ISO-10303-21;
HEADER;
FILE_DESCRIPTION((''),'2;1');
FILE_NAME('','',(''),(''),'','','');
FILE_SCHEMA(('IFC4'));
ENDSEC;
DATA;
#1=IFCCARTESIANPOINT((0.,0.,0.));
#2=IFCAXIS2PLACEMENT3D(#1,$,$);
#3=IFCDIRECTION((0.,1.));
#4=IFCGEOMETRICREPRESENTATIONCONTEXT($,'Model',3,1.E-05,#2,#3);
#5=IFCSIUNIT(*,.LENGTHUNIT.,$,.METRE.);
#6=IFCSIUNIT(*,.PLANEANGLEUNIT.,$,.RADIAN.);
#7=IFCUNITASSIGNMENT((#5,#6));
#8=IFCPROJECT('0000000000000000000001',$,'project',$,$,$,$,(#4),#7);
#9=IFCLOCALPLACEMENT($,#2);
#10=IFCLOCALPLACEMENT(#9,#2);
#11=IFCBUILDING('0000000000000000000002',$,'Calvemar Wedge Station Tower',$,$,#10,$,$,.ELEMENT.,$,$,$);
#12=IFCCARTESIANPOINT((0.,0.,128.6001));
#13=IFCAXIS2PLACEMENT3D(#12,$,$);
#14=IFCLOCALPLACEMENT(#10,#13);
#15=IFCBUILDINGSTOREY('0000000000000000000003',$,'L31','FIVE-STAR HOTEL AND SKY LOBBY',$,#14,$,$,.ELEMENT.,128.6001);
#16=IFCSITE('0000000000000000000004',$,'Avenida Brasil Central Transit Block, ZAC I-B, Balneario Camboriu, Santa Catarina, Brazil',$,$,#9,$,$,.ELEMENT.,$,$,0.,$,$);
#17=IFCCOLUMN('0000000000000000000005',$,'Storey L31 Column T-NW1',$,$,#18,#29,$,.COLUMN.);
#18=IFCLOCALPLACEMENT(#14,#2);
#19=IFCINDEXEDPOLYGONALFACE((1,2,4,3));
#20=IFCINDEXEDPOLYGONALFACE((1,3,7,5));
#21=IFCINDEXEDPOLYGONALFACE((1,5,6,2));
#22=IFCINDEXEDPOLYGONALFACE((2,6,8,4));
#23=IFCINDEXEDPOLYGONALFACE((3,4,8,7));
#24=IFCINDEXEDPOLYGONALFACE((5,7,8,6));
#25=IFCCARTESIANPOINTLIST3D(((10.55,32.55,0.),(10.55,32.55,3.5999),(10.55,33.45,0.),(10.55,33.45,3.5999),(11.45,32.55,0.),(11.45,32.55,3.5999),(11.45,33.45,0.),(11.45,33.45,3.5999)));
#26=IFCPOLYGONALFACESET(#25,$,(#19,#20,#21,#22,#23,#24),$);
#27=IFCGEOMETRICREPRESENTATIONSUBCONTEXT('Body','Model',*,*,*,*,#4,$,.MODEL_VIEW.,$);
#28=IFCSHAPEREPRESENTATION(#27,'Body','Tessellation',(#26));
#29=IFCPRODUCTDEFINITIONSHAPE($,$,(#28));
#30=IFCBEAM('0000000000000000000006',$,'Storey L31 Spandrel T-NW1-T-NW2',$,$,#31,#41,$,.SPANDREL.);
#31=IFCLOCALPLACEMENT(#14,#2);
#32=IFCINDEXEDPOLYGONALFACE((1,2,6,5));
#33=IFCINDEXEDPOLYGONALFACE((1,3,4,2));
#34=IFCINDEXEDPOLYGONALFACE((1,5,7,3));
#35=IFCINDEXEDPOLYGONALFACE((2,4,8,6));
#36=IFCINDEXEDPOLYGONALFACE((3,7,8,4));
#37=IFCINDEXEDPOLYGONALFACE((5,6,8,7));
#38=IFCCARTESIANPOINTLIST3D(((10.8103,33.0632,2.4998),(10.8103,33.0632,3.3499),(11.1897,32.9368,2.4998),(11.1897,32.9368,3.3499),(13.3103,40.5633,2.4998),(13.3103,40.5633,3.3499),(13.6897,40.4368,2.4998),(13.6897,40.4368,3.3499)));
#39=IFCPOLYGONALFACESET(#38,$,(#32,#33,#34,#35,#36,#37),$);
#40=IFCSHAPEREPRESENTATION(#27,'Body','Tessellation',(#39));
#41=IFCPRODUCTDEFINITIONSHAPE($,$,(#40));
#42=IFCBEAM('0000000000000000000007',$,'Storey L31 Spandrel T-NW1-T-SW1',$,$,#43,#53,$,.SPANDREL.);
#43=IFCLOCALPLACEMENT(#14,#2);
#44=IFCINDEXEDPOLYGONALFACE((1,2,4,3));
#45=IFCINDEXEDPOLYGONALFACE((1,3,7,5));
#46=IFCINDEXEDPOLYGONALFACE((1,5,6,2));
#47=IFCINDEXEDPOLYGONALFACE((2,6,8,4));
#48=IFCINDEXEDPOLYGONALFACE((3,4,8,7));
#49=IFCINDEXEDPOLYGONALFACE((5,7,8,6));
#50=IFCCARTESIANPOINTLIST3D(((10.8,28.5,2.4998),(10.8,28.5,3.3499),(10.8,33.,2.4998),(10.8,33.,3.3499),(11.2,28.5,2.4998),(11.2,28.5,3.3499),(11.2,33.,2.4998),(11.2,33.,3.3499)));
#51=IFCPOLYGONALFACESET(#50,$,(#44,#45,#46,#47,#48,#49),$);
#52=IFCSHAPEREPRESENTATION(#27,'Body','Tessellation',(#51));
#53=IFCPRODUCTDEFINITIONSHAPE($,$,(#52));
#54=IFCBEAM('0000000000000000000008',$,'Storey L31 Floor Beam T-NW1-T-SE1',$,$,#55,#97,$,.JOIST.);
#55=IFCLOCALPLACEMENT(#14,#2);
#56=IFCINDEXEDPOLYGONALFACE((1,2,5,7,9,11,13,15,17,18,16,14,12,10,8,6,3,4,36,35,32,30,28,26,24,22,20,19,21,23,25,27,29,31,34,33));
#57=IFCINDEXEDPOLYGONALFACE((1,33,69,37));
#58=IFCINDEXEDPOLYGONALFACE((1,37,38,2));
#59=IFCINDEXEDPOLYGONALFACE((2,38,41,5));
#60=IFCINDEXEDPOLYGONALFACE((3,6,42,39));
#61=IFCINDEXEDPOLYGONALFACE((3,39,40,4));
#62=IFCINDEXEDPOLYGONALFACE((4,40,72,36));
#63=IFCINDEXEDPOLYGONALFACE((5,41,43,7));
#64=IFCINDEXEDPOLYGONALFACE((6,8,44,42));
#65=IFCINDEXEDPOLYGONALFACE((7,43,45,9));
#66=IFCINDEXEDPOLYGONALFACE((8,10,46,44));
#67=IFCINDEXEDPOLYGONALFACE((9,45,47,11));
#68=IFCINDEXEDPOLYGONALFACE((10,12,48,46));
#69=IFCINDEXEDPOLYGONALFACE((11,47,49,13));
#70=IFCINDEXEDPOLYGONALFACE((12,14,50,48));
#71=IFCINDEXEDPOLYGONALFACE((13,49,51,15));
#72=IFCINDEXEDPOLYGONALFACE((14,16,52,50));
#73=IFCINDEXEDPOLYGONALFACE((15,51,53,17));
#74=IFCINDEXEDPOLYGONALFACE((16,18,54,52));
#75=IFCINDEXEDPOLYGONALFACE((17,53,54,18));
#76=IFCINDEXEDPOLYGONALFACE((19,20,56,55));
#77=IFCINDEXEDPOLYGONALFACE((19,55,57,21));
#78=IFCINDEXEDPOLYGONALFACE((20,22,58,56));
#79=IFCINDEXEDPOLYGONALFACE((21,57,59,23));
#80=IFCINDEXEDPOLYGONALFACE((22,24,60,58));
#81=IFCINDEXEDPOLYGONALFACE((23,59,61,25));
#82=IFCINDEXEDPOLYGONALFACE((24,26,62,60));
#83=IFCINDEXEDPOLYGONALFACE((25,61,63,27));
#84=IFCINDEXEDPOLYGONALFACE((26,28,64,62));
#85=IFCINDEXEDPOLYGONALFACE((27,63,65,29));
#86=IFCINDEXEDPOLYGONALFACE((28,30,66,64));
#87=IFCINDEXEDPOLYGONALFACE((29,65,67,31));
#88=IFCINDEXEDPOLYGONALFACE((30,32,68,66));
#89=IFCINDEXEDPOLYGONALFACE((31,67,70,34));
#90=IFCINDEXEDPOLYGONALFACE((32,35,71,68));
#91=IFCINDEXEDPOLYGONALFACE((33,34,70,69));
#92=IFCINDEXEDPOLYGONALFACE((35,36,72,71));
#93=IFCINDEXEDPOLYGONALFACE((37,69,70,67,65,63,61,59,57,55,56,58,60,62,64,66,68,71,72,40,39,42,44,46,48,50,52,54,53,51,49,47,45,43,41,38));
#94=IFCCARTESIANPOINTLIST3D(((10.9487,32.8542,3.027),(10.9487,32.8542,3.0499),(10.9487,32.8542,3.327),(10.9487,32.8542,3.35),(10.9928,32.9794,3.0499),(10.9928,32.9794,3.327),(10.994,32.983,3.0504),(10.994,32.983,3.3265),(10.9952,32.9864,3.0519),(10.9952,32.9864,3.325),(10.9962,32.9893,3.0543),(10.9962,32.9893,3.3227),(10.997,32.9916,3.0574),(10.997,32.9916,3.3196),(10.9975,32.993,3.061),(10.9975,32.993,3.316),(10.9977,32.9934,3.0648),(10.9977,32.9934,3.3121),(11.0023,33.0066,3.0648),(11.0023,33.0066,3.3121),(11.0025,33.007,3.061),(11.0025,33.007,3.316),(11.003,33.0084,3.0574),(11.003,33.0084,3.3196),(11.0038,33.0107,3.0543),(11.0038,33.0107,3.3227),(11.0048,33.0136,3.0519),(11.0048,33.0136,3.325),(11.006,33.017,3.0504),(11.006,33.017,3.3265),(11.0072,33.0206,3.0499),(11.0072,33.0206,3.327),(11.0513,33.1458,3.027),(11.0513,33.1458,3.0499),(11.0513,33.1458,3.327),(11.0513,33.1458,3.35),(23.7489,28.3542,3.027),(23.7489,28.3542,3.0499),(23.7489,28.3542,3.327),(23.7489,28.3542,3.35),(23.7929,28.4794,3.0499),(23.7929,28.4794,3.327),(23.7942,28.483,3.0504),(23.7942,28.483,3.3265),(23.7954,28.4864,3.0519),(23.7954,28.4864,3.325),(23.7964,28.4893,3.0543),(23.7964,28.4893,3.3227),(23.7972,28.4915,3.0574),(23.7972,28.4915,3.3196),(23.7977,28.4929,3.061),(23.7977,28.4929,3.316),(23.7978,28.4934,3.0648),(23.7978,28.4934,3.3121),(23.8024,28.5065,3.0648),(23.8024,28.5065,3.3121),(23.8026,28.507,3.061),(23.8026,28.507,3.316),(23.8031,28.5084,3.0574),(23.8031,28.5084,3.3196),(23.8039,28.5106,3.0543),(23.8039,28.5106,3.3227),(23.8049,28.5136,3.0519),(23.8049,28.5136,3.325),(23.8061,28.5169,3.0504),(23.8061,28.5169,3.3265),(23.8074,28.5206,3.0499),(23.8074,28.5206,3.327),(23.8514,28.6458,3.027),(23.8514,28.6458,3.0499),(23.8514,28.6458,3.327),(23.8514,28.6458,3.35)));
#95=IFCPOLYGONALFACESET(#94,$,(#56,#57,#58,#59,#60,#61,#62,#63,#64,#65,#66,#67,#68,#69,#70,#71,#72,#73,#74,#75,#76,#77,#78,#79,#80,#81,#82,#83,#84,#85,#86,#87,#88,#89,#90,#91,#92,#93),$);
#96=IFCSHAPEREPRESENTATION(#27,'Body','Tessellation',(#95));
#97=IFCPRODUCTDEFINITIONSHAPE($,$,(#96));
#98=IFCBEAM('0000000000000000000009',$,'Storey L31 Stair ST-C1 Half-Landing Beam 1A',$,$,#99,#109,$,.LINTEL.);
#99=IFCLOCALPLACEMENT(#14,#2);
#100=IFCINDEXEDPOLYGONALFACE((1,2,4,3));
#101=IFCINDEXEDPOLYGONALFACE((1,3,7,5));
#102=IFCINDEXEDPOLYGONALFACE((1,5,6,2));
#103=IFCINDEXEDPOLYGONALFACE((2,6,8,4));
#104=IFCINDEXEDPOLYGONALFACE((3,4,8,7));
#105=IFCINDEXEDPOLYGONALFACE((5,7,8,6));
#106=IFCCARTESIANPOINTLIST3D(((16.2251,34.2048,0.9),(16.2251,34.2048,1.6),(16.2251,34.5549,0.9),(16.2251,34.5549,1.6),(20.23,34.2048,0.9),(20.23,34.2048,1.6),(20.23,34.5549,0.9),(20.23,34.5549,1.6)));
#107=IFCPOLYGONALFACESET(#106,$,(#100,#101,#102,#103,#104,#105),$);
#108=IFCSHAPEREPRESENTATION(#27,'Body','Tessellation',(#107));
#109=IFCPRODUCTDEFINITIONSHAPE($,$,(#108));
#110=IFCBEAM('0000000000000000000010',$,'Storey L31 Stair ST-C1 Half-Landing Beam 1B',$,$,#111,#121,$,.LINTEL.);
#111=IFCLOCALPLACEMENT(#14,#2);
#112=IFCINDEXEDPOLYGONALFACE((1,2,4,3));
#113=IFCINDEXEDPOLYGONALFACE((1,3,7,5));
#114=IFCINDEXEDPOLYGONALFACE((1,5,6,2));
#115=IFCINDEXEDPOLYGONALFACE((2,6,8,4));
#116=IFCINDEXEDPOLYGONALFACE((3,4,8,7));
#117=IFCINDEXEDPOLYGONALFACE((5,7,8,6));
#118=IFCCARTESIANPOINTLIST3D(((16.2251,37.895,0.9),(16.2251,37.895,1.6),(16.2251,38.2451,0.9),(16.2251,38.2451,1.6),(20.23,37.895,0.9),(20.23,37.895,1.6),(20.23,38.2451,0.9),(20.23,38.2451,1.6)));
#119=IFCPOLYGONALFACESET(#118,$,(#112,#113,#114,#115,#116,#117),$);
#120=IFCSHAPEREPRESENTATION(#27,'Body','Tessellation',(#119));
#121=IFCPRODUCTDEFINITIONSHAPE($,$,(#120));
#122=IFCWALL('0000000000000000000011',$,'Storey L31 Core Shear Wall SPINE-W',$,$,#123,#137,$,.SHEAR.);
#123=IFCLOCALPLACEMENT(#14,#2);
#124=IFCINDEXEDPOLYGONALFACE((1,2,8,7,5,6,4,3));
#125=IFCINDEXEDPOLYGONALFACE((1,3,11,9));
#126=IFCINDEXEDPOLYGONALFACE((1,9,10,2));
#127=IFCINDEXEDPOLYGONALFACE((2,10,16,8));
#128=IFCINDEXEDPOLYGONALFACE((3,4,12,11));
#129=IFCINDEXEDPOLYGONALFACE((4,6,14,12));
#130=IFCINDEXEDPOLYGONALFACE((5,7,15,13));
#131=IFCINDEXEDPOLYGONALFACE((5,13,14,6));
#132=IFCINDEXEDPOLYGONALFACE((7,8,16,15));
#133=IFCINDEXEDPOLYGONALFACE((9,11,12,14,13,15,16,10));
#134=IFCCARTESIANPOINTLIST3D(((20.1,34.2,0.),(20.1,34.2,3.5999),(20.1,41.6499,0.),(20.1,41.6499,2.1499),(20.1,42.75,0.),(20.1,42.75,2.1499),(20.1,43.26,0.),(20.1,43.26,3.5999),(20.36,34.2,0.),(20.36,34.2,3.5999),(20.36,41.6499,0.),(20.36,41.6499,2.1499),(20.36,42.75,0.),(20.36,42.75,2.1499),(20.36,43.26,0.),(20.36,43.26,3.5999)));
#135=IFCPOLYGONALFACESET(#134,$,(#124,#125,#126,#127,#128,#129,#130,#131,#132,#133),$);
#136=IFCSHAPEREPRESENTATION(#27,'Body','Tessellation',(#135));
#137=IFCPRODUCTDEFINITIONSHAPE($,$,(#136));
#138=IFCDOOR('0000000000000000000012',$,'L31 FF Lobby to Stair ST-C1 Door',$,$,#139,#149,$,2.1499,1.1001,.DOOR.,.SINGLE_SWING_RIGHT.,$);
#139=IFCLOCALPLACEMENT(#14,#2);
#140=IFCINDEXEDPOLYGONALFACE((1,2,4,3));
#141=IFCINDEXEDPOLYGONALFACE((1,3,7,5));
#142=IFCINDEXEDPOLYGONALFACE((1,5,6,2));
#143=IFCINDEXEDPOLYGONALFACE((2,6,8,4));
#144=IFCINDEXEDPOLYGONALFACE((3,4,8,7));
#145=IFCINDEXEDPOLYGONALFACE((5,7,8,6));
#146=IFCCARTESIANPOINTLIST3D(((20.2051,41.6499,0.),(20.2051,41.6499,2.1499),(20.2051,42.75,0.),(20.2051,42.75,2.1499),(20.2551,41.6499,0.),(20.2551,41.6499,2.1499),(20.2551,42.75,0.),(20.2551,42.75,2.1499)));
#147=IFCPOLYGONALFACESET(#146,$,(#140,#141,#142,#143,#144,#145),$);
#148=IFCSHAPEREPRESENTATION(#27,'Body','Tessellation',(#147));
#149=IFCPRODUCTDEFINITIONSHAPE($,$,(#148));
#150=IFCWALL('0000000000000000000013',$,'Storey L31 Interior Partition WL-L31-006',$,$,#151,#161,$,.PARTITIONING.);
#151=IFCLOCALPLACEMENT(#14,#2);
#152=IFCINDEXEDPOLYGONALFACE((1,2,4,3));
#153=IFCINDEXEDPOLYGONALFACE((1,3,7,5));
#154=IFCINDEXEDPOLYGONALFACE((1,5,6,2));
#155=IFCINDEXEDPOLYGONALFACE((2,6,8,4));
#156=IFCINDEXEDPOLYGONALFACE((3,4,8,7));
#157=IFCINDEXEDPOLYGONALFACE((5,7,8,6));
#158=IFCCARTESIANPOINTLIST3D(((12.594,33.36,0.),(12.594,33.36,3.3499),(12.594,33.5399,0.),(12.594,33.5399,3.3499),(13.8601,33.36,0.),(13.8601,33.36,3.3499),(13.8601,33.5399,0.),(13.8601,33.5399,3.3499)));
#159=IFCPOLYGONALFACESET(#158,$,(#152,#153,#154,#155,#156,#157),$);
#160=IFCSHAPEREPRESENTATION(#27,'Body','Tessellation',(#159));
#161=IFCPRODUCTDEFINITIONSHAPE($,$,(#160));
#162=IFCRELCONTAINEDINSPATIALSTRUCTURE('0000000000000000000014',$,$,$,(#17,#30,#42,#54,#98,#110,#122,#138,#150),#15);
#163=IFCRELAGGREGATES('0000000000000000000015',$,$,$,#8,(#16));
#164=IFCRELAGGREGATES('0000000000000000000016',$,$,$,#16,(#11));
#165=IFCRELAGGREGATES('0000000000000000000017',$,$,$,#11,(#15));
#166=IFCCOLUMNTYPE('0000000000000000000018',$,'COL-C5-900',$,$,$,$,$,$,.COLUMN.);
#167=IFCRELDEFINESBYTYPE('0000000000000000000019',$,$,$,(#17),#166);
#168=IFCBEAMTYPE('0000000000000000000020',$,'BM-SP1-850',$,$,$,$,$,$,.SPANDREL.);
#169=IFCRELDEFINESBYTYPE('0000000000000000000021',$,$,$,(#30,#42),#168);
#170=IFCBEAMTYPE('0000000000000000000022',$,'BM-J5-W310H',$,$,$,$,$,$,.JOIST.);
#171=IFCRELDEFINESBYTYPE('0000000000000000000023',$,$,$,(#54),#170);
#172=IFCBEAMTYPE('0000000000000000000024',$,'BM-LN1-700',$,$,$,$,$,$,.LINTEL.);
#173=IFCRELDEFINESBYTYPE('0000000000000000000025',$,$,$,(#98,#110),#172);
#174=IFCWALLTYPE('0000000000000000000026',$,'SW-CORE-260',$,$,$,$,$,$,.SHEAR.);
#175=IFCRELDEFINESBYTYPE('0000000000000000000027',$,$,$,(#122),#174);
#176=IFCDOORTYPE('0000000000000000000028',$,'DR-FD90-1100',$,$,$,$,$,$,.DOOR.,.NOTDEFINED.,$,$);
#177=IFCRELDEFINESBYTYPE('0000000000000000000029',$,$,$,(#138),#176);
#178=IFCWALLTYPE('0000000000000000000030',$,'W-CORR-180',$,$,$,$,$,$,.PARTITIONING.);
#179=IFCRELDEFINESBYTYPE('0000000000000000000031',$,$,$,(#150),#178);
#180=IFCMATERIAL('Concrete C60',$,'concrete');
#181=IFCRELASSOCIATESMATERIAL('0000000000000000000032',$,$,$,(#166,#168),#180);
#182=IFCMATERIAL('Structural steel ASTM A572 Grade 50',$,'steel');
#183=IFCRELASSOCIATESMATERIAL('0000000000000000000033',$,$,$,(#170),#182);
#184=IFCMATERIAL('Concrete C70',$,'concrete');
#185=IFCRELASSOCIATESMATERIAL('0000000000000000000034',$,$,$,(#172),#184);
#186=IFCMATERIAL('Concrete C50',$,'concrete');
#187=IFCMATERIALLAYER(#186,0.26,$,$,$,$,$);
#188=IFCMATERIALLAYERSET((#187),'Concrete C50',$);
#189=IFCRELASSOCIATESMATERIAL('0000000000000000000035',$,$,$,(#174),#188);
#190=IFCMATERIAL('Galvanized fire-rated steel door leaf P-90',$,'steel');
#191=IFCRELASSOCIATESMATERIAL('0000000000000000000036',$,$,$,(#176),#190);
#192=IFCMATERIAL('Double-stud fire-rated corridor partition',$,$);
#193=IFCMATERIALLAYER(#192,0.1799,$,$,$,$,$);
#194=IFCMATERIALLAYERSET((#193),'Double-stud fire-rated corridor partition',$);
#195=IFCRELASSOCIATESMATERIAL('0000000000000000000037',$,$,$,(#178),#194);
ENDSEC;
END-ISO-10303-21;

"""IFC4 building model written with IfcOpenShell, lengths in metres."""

from ifc_helpers import new_model, si_unit, direction, frame, frame_2d, origin, origin_2d, place, context, subcontext, project, spatial, rectangle, i_section, extrude, source, transform, mapped, material, layer, layer_set, material_profile, profile_set, type_object, element, fill, save


model = new_model("IFC4")

# Units and contexts
model_context = context("Model", 3, precision=1e-05, world=origin(), true_north=direction((0.0, 1.0)))
body_context = subcontext(model_context, "Body", "Model", "MODEL_VIEW")
ifc_project = project(units=[si_unit("LENGTHUNIT", "METRE"), si_unit("PLANEANGLEUNIT", "RADIAN")], contexts=[model_context])

# Site, building, storey
site_placement = place(None, origin())
site = spatial("IfcSite", under=ifc_project, at=site_placement, Name="Avenida Brasil Central Transit Block, ZAC I-B, Balneario Camboriu, Santa Catarina, Brazil", CompositionType="ELEMENT", RefElevation=0.0)
building_placement = place(site_placement, origin())
building = spatial("IfcBuilding", under=site, at=building_placement, Name="Calvemar Wedge Station Tower", CompositionType="ELEMENT")
storey_placement = place(building_placement, frame((0.0, 0.0, 128.6001)))
storey = spatial("IfcBuildingStorey", under=building, at=storey_placement, Name="L31", Description="FIVE-STAR HOTEL AND SKY LOBBY", CompositionType="ELEMENT", Elevation=128.6001)

# Column
ifc_material_1 = material(Name="Concrete C60", Category="concrete")
ifc_material_profile_1 = material_profile(ifc_material_1, rectangle(XDim=0.8999, YDim=0.8999, at=origin_2d()), Name="RC900x900")
ifc_profile_set_1 = profile_set([ifc_material_profile_1], Name="Concrete C60")
column_type = type_object("IfcColumnType", Name="COL-C5-900", PredefinedType="COLUMN", material=ifc_profile_set_1)
shared_shape_1 = source(origin(), body_context, "Body", "SweptSolid", [
    extrude(rectangle(XDim=0.8999, YDim=0.8999, at=origin_2d()), origin(), (0.0, 0.0, 1.0), 3.5999),
])
column_placement = place(storey_placement, frame((11.0, 33.0, 0.0), z_axis=(0.0, 0.0, 1.0), x_axis=(1.0, 0.0, 0.0)))
element("IfcColumn", 1, at=column_placement, inside=storey, type_object=column_type, Name="Storey L31 Column T-NW1", PredefinedType="COLUMN", context=body_context, shape_type="MappedRepresentation", body=[
    mapped(shared_shape_1, transform((0.0, 0.0, 0.0), scale=1.0)),
])

# Beams
ifc_material_profile_2 = material_profile(ifc_material_1, rectangle(XDim=0.3999, YDim=0.8501, at=origin_2d()), Name="RC400x850")
ifc_profile_set_2 = profile_set([ifc_material_profile_2], Name="Concrete C60")
beam_type_1 = type_object("IfcBeamType", Name="BM-SP1-850", PredefinedType="SPANDREL", material=ifc_profile_set_2)
shared_shape_2 = source(origin(), body_context, "Body", "SweptSolid", [
    extrude(rectangle(XDim=0.3999, YDim=0.8501, at=origin_2d()), origin(), (0.0, 0.0, 1.0), 7.9058),
])
beam_1_placement = place(storey_placement, frame((11.0, 33.0, 2.9248), z_axis=(0.316228, 0.948683, 0.0), x_axis=(-0.948683, 0.316228, 0.0)))
element("IfcBeam", 2, at=beam_1_placement, inside=storey, type_object=beam_type_1, Name="Storey L31 Spandrel T-NW1-T-NW2", PredefinedType="SPANDREL", context=body_context, shape_type="MappedRepresentation", body=[
    mapped(shared_shape_2, transform((0.0, 0.0, 0.0), scale=1.0)),
])
shared_shape_3 = source(origin(), body_context, "Body", "SweptSolid", [
    extrude(rectangle(XDim=0.3999, YDim=0.8501, at=origin_2d()), origin(), (0.0, 0.0, 1.0), 4.5),
])
beam_2_placement = place(storey_placement, frame((11.0, 33.0, 2.9248), z_axis=(0.0, -1.0, 0.0), x_axis=(1.0, 0.0, 0.0)))
element("IfcBeam", 3, at=beam_2_placement, inside=storey, type_object=beam_type_1, Name="Storey L31 Spandrel T-NW1-T-SW1", PredefinedType="SPANDREL", context=body_context, shape_type="MappedRepresentation", body=[
    mapped(shared_shape_3, transform((0.0, 0.0, 0.0), scale=1.0)),
])
ifc_material_2 = material(Name="Structural steel ASTM A572 Grade 50", Category="steel")
ifc_material_profile_3 = material_profile(ifc_material_2, i_section(OverallWidth=0.3091, OverallDepth=0.323, WebThickness=0.0139, FlangeThickness=0.0229, FilletRadius=0.0149, at=origin_2d()), Name="W310x143")
ifc_profile_set_3 = profile_set([ifc_material_profile_3], Name="Structural steel ASTM A572 Grade 50")
beam_type_2 = type_object("IfcBeamType", Name="BM-J5-W310H", PredefinedType="JOIST", material=ifc_profile_set_3)
shared_shape_4 = source(origin(), body_context, "Body", "SweptSolid", [
    extrude(i_section(OverallWidth=0.3091, OverallDepth=0.323, WebThickness=0.0139, FlangeThickness=0.0229, FilletRadius=0.0149, at=origin_2d()), origin(), (0.0, 0.0, 1.0), 13.5681),
])
beam_3_placement = place(storey_placement, frame((11.0, 33.0, 3.1885), z_axis=(0.943398, -0.331662, 0.0), x_axis=(0.331662, 0.943398, 0.0)))
element("IfcBeam", 4, at=beam_3_placement, inside=storey, type_object=beam_type_2, Name="Storey L31 Floor Beam T-NW1-T-SE1", PredefinedType="JOIST", context=body_context, shape_type="MappedRepresentation", body=[
    mapped(shared_shape_4, transform((0.0, 0.0, 0.0), scale=1.0)),
])
ifc_material_3 = material(Name="Concrete C70", Category="concrete")
ifc_material_profile_4 = material_profile(ifc_material_3, rectangle(XDim=0.3501, YDim=0.7, at=origin_2d()), Name="RC350x700")
ifc_profile_set_4 = profile_set([ifc_material_profile_4], Name="Concrete C70")
beam_type_3 = type_object("IfcBeamType", Name="BM-LN1-700", PredefinedType="LINTEL", material=ifc_profile_set_4)
shared_shape_5 = source(origin(), body_context, "Body", "SweptSolid", [
    extrude(rectangle(XDim=0.3501, YDim=0.7, at=origin_2d()), origin(), (0.0, 0.0, 1.0), 4.0049),
])
for number, where, z_axis, x_axis, name in (
    (5, (16.2251, 34.3799, 1.25), (1.0, 0.0, 0.0), (0.0, 1.0, 0.0), "Storey L31 Stair ST-C1 Half-Landing Beam 1A"),
    (6, (16.2251, 38.0701, 1.25), (1.0, 0.0, 0.0), (0.0, 1.0, 0.0), "Storey L31 Stair ST-C1 Half-Landing Beam 1B"),
):
    element("IfcBeam", number, at=place(storey_placement, frame(where, z_axis=z_axis, x_axis=x_axis)), inside=storey, type_object=beam_type_3, Name=name, PredefinedType="LINTEL", context=body_context, shape_type="MappedRepresentation", body=[
        mapped(shared_shape_5, transform((0.0, 0.0, 0.0), scale=1.0)),
    ])

# Wall, opening, door
ifc_material_4 = material(Name="Concrete C50", Category="concrete")
ifc_layer_1 = layer(ifc_material_4, 0.26)
ifc_layer_set_1 = layer_set([ifc_layer_1], Name="Concrete C50")
wall_type_1 = type_object("IfcWallType", Name="SW-CORE-260", PredefinedType="SHEAR", material=ifc_layer_set_1)
wall_1_placement = place(storey_placement, frame((20.23, 34.2, 0.0), z_axis=(0.0, 0.0, 1.0), x_axis=(0.0, 1.0, 0.0)))
wall_1 = element("IfcWall", 7, at=wall_1_placement, inside=storey, type_object=wall_type_1, Name="Storey L31 Core Shear Wall SPINE-W", PredefinedType="SHEAR", context=body_context, shape_type="SweptSolid", body=[
    extrude(rectangle(XDim=9.0601, YDim=0.26, at=frame_2d((4.53, 0.0))), origin(), (0.0, 0.0, 1.0), 3.5999),
])
shared_shape_6 = source(origin(), body_context, "Body", "SweptSolid", [
    extrude(rectangle(XDim=1.1001, YDim=2.1499, at=frame_2d((0.55, 1.075))), frame((0.0, 0.1401, 0.0), z_axis=(0.0, -1.0, 0.0), x_axis=(1.0, 0.0, 0.0)), (0.0, 0.0, 1.0), 0.28),
])
opening_1_placement = place(wall_1_placement, frame((7.45, 0.0, 0.0)))
opening_1 = element("IfcOpeningElement", 8, at=opening_1_placement, cuts=wall_1, PredefinedType="OPENING", context=body_context, shape_type="MappedRepresentation", body=[
    mapped(shared_shape_6, transform((0.0, 0.0, 0.0), scale=1.0)),
])
ifc_material_5 = material(Name="Galvanized fire-rated steel door leaf P-90", Category="steel")
door_type_1 = type_object("IfcDoorType", Name="DR-FD90-1100", OperationType="NOTDEFINED", PredefinedType="DOOR", material=ifc_material_5)
shared_shape_7 = source(origin(), body_context, "Body", "SweptSolid", [
    extrude(rectangle(XDim=1.1001, YDim=2.1499, at=frame_2d((0.55, 1.075))), frame((0.0, 0.0249, 0.0), z_axis=(0.0, -1.0, 0.0), x_axis=(1.0, 0.0, 0.0)), (0.0, 0.0, 1.0), 0.05),
])
door_1_placement = place(opening_1_placement, origin())
door_1 = element("IfcDoor", 9, at=door_1_placement, inside=storey, type_object=door_type_1, Name="L31 FF Lobby to Stair ST-C1 Door", OperationType="SINGLE_SWING_RIGHT", OverallHeight=2.1499, OverallWidth=1.1001, PredefinedType="DOOR", context=body_context, shape_type="MappedRepresentation", body=[
    mapped(shared_shape_7, transform((0.0, 0.0, 0.0), scale=1.0)),
])
fill(opening_1, door_1)

# Wall
ifc_material_6 = material(Name="Double-stud fire-rated corridor partition")
ifc_layer_2 = layer(ifc_material_6, 0.1799)
ifc_layer_set_2 = layer_set([ifc_layer_2], Name="Double-stud fire-rated corridor partition")
wall_type_2 = type_object("IfcWallType", Name="W-CORR-180", PredefinedType="PARTITIONING", material=ifc_layer_set_2)
wall_2_placement = place(storey_placement, frame((12.594, 33.45, 0.0), z_axis=(0.0, 0.0, 1.0), x_axis=(1.0, 0.0, 0.0)))
element("IfcWall", 10, at=wall_2_placement, inside=storey, type_object=wall_type_2, Name="Storey L31 Interior Partition WL-L31-006", PredefinedType="PARTITIONING", context=body_context, shape_type="SweptSolid", body=[
    extrude(rectangle(XDim=1.2661, YDim=0.1799, at=frame_2d((0.6331, 0.0))), origin(), (0.0, 0.0, 1.0), 3.3499),
])

save(model, "model.ifc")
